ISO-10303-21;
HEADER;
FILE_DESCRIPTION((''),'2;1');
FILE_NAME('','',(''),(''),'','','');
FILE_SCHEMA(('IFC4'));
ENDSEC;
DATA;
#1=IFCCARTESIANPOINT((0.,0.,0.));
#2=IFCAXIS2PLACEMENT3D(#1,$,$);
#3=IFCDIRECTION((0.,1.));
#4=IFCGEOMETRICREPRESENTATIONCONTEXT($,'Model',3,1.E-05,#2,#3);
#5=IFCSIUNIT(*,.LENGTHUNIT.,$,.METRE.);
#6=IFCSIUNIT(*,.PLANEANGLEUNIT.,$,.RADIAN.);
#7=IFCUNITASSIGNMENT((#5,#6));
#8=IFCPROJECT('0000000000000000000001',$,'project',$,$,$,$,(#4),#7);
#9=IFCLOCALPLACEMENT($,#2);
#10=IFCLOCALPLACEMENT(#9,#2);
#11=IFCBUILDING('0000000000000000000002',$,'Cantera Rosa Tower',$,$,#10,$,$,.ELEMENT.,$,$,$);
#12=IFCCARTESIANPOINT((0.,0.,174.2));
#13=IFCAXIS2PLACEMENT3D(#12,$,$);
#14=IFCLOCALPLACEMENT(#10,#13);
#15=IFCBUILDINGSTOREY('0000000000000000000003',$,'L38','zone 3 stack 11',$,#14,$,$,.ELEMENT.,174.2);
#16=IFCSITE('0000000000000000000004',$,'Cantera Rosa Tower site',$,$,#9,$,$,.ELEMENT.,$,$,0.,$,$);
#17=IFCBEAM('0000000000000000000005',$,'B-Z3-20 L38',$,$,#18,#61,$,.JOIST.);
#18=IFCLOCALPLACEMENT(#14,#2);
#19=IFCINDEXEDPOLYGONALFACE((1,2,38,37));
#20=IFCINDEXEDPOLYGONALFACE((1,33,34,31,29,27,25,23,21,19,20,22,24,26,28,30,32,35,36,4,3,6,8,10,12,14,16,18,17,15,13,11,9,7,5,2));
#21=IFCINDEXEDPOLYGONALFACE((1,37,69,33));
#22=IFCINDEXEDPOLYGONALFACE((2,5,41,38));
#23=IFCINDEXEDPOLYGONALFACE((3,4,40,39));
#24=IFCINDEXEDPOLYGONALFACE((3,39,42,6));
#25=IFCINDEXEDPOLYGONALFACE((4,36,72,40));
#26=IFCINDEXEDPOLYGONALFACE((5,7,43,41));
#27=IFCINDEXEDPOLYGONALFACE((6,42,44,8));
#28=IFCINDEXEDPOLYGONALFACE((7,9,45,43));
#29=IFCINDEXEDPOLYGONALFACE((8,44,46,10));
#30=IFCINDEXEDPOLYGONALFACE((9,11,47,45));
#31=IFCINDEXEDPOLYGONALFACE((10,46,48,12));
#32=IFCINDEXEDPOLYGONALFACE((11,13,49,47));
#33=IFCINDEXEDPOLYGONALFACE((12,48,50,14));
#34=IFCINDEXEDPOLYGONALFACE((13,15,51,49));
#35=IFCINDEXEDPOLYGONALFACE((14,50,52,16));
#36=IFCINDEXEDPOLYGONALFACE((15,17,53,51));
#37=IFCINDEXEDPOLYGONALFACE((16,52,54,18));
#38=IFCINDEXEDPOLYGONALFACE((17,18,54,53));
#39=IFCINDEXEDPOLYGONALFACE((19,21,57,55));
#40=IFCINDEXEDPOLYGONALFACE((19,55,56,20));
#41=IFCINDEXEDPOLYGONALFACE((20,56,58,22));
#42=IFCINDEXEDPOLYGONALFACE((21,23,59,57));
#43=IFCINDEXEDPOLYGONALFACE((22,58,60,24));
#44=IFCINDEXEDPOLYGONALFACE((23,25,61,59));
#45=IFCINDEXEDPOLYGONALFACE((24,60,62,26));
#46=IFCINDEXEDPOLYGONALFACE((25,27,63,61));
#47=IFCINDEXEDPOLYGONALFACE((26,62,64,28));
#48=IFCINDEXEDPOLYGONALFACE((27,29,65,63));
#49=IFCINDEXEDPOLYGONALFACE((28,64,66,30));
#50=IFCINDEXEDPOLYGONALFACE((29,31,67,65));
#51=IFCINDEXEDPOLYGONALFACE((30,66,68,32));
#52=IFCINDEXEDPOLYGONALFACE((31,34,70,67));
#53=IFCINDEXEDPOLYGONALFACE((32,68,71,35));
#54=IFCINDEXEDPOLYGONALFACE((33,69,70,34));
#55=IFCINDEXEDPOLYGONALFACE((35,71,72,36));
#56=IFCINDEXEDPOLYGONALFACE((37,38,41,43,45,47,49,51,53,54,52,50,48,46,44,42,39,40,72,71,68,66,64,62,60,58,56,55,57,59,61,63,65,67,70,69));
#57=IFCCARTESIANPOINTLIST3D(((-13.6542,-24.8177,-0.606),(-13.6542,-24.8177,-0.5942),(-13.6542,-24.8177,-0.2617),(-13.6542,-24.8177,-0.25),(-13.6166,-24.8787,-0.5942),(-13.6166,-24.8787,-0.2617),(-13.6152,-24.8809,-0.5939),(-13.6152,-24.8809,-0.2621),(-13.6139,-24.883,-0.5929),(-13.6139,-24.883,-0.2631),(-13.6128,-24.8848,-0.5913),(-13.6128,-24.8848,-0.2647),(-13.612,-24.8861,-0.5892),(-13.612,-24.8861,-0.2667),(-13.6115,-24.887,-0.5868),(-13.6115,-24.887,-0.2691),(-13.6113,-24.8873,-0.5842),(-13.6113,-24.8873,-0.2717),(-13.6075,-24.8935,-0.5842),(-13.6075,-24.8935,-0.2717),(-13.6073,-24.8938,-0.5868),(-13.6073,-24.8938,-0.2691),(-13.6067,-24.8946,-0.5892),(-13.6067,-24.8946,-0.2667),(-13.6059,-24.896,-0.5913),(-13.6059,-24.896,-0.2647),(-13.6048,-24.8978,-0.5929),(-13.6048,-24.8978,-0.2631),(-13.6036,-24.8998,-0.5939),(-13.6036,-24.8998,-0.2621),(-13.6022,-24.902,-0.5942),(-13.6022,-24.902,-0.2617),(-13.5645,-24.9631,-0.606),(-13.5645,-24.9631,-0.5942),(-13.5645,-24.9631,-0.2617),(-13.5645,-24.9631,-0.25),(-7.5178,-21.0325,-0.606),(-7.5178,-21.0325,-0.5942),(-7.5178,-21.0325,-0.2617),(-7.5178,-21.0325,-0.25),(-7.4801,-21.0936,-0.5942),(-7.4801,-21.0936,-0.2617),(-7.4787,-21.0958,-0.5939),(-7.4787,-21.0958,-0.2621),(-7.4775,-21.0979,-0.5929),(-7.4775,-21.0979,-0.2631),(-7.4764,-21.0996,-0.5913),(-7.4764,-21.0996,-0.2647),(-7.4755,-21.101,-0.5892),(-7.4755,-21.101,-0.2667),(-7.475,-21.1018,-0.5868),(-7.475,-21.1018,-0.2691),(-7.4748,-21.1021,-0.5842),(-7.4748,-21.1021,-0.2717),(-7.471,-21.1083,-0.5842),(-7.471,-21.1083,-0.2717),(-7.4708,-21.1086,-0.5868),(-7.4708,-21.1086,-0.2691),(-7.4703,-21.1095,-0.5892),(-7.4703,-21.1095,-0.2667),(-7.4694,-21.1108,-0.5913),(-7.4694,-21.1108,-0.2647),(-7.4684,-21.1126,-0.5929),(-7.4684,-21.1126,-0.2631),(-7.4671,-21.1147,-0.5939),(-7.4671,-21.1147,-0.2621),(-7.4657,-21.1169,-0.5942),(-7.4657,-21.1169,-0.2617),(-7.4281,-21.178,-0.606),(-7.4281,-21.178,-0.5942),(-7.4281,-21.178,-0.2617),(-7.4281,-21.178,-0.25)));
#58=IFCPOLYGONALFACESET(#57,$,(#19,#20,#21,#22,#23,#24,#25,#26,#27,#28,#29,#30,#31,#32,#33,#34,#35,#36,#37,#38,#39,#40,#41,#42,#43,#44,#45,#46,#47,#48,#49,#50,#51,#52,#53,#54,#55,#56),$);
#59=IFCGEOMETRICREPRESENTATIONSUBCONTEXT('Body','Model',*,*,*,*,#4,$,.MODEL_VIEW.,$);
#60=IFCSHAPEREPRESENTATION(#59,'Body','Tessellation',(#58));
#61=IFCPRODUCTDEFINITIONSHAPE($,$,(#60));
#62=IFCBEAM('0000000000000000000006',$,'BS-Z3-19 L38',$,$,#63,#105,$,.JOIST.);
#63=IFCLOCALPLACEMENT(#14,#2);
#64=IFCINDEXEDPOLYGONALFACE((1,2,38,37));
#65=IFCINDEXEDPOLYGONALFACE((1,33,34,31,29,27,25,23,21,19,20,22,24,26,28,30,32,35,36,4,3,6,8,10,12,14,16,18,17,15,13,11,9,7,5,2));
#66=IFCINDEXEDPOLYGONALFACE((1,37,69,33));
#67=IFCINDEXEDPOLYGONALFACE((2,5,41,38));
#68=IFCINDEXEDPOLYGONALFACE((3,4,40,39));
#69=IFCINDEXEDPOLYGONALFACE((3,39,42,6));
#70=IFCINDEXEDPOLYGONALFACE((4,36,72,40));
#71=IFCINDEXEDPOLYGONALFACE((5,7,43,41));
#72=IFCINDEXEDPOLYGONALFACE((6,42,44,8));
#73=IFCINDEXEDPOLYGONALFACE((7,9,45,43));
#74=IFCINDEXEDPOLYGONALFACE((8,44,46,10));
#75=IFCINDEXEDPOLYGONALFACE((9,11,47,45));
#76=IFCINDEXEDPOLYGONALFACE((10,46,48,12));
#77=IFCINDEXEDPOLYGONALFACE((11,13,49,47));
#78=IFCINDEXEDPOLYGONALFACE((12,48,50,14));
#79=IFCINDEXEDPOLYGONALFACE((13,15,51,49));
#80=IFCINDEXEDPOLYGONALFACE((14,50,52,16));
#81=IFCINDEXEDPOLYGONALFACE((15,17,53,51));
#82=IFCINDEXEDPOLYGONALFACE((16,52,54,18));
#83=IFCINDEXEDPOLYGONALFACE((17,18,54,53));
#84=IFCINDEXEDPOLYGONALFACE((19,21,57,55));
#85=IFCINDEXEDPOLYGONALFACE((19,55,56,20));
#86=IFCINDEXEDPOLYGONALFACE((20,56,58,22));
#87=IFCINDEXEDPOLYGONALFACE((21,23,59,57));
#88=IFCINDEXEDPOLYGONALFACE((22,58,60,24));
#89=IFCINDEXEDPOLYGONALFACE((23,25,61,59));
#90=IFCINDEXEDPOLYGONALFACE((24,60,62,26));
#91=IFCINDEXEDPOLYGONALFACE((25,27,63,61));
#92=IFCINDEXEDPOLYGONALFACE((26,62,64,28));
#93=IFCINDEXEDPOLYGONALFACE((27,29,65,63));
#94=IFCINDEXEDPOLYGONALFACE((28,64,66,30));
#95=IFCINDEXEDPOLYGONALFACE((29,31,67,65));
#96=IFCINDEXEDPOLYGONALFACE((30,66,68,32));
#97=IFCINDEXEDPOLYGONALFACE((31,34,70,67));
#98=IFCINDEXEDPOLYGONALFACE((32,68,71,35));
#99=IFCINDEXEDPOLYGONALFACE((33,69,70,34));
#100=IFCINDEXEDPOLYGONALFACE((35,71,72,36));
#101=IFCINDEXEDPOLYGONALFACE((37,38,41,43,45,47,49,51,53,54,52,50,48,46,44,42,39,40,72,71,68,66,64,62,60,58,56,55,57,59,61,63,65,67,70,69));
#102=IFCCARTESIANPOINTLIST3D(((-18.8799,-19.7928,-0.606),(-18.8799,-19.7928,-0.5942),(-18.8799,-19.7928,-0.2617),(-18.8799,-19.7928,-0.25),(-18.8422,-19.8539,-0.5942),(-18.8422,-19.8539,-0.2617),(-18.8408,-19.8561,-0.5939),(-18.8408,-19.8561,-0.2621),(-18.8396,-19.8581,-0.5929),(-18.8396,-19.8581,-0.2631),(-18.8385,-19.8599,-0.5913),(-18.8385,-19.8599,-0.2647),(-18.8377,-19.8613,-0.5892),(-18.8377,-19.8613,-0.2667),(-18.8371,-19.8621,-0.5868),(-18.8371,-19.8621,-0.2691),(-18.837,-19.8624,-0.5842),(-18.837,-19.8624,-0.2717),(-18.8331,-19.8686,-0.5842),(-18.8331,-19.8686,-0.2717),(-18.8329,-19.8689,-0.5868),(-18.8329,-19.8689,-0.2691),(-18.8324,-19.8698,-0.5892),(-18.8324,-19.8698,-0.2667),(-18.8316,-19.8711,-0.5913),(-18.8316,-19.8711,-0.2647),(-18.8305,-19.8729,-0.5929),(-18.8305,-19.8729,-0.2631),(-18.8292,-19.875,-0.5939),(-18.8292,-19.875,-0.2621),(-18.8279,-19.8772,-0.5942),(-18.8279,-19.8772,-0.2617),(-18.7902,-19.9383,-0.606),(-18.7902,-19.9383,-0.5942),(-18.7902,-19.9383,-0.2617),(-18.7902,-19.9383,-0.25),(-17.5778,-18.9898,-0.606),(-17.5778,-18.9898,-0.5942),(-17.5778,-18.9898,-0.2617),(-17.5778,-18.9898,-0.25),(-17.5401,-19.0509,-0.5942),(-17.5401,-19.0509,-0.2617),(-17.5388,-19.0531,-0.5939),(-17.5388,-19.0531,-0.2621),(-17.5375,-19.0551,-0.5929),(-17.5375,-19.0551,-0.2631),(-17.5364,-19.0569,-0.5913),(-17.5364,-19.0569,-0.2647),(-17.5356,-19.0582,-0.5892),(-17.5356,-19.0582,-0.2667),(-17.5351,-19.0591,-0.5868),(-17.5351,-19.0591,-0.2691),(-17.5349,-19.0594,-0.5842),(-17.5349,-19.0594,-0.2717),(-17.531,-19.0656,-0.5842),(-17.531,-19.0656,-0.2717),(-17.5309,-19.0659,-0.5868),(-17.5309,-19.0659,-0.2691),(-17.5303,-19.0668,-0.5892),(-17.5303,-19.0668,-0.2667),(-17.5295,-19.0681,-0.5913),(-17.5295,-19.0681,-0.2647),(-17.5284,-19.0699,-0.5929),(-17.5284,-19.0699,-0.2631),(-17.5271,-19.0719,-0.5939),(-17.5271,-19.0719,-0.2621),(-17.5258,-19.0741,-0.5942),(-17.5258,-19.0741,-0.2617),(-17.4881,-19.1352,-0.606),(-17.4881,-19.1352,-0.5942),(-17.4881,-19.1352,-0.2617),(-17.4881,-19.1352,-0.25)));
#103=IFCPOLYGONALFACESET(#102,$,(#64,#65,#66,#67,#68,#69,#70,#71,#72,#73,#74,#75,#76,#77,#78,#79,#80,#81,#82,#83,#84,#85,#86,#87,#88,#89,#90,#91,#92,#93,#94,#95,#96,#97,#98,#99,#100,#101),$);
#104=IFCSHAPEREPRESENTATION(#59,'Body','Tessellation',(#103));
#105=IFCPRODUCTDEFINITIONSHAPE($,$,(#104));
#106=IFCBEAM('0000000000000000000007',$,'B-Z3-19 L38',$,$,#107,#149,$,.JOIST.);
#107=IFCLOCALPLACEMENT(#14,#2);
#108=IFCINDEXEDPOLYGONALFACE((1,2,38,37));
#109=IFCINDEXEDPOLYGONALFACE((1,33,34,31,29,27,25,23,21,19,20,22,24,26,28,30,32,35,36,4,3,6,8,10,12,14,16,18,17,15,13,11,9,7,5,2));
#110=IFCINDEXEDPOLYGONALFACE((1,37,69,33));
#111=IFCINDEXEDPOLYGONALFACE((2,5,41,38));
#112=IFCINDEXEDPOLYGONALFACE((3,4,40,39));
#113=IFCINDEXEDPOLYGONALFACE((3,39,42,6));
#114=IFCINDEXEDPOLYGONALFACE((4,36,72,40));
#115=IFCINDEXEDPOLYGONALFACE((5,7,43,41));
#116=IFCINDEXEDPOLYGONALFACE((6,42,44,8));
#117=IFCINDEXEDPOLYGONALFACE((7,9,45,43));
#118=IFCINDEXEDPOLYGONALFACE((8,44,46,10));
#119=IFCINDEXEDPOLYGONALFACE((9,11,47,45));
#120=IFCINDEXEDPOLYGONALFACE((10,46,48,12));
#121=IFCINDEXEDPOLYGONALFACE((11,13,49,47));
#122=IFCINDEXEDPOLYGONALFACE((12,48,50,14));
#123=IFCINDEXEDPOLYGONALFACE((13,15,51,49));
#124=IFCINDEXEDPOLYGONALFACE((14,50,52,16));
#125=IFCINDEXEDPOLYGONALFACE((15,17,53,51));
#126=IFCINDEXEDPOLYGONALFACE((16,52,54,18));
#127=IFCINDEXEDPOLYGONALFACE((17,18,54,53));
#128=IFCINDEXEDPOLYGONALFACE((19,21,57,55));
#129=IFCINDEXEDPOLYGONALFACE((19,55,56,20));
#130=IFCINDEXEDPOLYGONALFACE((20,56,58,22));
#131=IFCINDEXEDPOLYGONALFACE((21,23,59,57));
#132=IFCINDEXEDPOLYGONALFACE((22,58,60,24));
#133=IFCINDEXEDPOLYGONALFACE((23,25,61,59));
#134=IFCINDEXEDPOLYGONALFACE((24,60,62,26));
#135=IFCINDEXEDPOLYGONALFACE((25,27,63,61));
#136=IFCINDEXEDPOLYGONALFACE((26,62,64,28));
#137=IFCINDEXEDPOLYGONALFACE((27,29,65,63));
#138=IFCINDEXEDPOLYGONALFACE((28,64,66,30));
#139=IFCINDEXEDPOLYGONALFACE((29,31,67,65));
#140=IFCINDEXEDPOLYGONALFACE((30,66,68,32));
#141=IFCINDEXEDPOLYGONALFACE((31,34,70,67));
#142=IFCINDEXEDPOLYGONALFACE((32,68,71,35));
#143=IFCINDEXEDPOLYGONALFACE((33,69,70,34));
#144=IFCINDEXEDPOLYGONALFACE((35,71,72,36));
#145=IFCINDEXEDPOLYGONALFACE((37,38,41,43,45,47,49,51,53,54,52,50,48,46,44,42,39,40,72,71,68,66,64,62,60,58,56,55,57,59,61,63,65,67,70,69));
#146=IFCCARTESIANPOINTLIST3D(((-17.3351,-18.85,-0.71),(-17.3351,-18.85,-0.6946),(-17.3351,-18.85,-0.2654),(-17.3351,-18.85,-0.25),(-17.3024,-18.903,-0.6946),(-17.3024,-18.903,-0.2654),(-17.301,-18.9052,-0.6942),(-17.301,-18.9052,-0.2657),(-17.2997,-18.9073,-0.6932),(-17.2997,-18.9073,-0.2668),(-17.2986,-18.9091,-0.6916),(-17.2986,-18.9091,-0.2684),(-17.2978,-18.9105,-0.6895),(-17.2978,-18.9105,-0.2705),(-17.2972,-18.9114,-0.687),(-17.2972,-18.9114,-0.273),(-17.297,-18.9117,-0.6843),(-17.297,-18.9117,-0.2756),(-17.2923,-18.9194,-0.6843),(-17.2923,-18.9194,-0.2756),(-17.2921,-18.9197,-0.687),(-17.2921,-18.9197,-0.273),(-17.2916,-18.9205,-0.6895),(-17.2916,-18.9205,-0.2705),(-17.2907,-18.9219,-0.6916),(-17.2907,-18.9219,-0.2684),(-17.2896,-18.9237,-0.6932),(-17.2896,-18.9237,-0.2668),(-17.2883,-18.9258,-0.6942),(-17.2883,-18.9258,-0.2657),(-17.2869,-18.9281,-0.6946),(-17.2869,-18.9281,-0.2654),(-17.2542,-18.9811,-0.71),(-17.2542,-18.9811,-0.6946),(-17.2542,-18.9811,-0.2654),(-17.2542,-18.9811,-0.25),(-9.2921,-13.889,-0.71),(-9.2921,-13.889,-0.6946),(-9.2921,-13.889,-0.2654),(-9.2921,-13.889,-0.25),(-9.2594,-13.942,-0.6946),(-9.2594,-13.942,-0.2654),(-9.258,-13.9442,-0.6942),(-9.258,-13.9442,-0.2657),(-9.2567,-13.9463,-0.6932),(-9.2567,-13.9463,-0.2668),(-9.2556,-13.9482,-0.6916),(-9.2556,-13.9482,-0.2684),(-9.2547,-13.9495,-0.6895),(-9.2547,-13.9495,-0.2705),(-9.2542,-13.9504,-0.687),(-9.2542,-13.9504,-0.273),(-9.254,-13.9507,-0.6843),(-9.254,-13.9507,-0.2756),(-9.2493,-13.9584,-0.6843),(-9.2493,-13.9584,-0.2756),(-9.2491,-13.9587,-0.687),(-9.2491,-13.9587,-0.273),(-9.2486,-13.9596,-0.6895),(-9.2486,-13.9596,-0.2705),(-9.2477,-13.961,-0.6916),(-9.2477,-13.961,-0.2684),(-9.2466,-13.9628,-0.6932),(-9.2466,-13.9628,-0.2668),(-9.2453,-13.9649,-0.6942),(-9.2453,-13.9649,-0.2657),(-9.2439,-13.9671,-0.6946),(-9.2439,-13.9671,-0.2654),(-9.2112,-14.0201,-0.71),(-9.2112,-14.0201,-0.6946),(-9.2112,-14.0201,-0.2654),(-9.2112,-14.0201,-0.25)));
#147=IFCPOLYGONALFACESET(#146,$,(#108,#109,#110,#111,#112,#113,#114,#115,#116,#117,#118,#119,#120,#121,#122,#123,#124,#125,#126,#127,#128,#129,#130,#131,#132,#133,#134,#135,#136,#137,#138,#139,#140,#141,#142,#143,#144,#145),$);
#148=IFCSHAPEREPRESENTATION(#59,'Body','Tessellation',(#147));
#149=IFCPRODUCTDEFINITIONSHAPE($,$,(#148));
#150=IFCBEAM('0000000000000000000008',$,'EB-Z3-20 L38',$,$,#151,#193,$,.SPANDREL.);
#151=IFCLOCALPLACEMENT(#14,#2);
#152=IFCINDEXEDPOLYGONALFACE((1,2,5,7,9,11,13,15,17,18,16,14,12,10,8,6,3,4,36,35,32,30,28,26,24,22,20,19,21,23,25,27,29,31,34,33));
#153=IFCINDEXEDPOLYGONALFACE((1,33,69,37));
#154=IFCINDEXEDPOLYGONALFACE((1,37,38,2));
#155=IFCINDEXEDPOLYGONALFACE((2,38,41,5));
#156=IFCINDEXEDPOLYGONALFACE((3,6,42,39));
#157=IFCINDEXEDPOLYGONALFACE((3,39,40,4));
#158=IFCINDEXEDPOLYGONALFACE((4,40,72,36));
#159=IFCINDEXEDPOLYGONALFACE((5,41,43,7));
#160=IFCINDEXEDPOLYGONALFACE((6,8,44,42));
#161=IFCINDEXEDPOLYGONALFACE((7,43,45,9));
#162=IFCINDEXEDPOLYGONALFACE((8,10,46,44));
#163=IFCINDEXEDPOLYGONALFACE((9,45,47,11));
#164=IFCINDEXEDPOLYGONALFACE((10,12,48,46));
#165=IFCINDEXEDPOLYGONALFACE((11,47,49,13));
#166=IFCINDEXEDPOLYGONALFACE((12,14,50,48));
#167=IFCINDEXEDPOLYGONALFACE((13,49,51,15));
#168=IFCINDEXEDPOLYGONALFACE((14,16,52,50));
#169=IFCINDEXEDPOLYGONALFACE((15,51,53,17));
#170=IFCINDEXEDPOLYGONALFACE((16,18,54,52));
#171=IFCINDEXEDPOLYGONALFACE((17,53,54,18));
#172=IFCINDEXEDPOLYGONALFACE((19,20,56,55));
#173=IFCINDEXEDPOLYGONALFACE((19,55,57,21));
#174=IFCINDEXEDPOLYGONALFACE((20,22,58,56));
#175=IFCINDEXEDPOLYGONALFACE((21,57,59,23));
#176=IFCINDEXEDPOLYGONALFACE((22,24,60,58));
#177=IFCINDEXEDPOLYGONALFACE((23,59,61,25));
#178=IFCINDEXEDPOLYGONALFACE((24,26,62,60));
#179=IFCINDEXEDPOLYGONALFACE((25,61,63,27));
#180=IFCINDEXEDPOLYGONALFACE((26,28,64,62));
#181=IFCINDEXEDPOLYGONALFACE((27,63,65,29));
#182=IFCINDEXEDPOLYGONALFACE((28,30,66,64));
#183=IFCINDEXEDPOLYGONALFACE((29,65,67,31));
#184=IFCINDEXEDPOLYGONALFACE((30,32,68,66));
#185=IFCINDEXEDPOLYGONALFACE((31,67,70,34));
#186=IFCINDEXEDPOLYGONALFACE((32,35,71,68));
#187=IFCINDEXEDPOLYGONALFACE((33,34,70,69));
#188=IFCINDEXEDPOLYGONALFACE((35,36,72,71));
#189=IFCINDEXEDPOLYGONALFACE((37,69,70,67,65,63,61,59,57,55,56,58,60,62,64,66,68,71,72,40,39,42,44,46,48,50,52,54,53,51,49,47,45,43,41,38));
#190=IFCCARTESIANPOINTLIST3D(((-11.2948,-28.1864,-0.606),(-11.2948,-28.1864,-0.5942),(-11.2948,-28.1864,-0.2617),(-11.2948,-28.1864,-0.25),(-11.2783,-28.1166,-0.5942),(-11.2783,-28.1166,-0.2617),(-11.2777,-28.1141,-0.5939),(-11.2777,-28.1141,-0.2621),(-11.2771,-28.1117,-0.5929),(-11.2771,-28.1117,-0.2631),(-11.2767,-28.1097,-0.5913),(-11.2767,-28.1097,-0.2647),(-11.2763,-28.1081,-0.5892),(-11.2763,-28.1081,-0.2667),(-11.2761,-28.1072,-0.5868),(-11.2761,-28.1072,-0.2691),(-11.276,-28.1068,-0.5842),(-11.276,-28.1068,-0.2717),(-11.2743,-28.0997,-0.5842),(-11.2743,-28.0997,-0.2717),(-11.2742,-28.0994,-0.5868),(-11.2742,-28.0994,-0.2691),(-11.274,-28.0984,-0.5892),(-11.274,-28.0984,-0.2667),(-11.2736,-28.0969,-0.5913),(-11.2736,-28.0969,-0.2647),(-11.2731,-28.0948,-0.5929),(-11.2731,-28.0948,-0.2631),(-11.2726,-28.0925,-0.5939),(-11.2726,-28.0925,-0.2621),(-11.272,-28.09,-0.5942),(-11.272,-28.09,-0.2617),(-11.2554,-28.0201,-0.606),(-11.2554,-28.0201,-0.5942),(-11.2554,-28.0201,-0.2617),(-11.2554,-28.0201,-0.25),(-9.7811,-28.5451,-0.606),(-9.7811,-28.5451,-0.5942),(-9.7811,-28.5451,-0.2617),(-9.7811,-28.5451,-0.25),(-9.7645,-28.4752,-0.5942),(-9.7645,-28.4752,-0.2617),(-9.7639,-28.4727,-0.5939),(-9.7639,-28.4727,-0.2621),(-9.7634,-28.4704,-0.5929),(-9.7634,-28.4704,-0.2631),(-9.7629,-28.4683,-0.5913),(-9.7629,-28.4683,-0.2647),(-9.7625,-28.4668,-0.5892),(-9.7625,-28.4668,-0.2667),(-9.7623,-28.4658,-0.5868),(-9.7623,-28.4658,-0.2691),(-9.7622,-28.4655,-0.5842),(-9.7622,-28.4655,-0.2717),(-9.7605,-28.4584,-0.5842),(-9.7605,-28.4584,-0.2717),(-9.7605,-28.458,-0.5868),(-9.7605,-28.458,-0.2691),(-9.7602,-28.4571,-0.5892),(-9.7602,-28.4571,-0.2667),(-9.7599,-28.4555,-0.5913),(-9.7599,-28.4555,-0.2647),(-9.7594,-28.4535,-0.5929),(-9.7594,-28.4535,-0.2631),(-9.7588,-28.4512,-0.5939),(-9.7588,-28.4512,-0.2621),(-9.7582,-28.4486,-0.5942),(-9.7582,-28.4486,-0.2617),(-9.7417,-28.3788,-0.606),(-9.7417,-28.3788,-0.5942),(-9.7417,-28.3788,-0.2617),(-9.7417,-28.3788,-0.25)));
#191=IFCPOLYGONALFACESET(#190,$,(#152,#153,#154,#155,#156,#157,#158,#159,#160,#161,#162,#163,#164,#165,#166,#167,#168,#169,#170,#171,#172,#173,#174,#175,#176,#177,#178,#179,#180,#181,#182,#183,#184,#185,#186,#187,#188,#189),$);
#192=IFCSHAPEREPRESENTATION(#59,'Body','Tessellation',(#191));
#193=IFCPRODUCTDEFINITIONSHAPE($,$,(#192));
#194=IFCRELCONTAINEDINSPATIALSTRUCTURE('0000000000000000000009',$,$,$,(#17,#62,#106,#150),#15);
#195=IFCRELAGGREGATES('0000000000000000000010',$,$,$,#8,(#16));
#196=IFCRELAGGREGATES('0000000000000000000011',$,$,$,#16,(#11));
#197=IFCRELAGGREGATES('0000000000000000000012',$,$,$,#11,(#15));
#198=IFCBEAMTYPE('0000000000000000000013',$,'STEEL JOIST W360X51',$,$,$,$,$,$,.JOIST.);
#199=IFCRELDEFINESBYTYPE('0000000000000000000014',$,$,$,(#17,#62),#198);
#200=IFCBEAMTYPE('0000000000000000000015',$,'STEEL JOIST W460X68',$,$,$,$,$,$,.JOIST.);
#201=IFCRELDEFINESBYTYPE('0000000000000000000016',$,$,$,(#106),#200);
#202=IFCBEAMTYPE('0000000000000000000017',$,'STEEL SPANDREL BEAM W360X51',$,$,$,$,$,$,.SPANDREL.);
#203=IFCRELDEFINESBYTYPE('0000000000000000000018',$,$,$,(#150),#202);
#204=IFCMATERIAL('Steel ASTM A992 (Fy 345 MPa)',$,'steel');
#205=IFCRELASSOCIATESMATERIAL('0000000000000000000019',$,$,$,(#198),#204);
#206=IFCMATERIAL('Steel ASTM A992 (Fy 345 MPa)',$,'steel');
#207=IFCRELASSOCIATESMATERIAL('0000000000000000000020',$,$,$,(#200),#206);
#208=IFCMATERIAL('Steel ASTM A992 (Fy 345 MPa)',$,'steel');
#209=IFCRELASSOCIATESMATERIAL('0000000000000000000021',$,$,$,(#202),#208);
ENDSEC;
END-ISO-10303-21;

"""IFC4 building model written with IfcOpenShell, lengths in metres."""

from ifc_helpers import new_model, si_unit, direction, frame, origin, origin_2d, place, context, subcontext, project, spatial, i_section, extrude, material, material_profile, profile_set, type_object, element, save


model = new_model("IFC4")

# Units and contexts
model_context = context("Model", 3, precision=1e-05, world=origin(), true_north=direction((0.0, 1.0)))
body_context = subcontext(model_context, "Body", "Model", "MODEL_VIEW")
ifc_project = project(units=[si_unit("LENGTHUNIT", "METRE"), si_unit("PLANEANGLEUNIT", "RADIAN")], contexts=[model_context])

# Site, building, storey
site_placement = place(None, origin())
site = spatial("IfcSite", under=ifc_project, at=site_placement, Name="Cantera Rosa Tower site", CompositionType="ELEMENT", RefElevation=0.0)
building_placement = place(site_placement, origin())
building = spatial("IfcBuilding", under=site, at=building_placement, Name="Cantera Rosa Tower", CompositionType="ELEMENT")
storey_placement = place(building_placement, frame((0.0, 0.0, 174.2)))
storey = spatial("IfcBuildingStorey", under=building, at=storey_placement, Name="L38", Description="zone 3 stack 11", CompositionType="ELEMENT", Elevation=174.2)

# Beams
ifc_material_1 = material(Name="Steel ASTM A992 (Fy 345 MPa)", Category="steel")
ifc_material_profile_1 = material_profile(ifc_material_1, i_section(OverallWidth=0.1709, OverallDepth=0.356, WebThickness=0.0073, FlangeThickness=0.0117, FilletRadius=0.01, at=origin_2d()), Name="W360X51")
ifc_profile_set_1 = profile_set([ifc_material_profile_1], Name="Steel ASTM A992 (Fy 345 MPa)")
beam_type_1 = type_object("IfcBeamType", Name="STEEL JOIST W360X51", PredefinedType="JOIST", material=ifc_profile_set_1)
beam_1_placement = place(storey_placement, frame((-13.6094, -24.8904, -0.428), z_axis=(0.851109, 0.524989, 0.0), x_axis=(-0.524989, 0.851109, 0.0)))
element("IfcBeam", 1, at=beam_1_placement, inside=storey, type_object=beam_type_1, Name="B-Z3-20 L38", PredefinedType="JOIST", context=body_context, shape_type="SweptSolid", body=[
    extrude(i_section(OverallWidth=0.1709, OverallDepth=0.356, WebThickness=0.0073, FlangeThickness=0.0117, FilletRadius=0.01, at=origin_2d()), origin(), (0.0, 0.0, 1.0), 7.21),
])
beam_2_placement = place(storey_placement, frame((-17.533, -19.0625, -0.428), z_axis=(-0.851148, -0.524925, 0.0), x_axis=(0.524925, -0.851148, 0.0)))
element("IfcBeam", 2, at=beam_2_placement, inside=storey, type_object=beam_type_1, Name="BS-Z3-19 L38", PredefinedType="JOIST", context=body_context, shape_type="SweptSolid", body=[
    extrude(i_section(OverallWidth=0.1709, OverallDepth=0.356, WebThickness=0.0073, FlangeThickness=0.0117, FilletRadius=0.01, at=origin_2d()), origin(), (0.0, 0.0, 1.0), 1.5298),
])
ifc_material_2 = material(Name="Steel ASTM A992 (Fy 345 MPa)", Category="steel")
ifc_material_profile_2 = material_profile(ifc_material_2, i_section(OverallWidth=0.1541, OverallDepth=0.46, WebThickness=0.009, FlangeThickness=0.0154, FilletRadius=0.0103, at=origin_2d()), Name="W460X68")
ifc_profile_set_2 = profile_set([ifc_material_profile_2], Name="Steel ASTM A992 (Fy 345 MPa)")
beam_type_2 = type_object("IfcBeamType", Name="STEEL JOIST W460X68", PredefinedType="JOIST", material=ifc_profile_set_2)
beam_3_placement = place(storey_placement, frame((-17.2947, -18.9155, -0.48), z_axis=(0.851119, 0.524974, 0.0), x_axis=(-0.524974, 0.851119, 0.0)))
element("IfcBeam", 3, at=beam_3_placement, inside=storey, type_object=beam_type_2, Name="B-Z3-19 L38", PredefinedType="JOIST", context=body_context, shape_type="SweptSolid", body=[
    extrude(i_section(OverallWidth=0.1541, OverallDepth=0.46, WebThickness=0.009, FlangeThickness=0.0154, FilletRadius=0.0103, at=origin_2d()), origin(), (0.0, 0.0, 1.0), 9.45),
])
ifc_material_3 = material(Name="Steel ASTM A992 (Fy 345 MPa)", Category="steel")
ifc_material_profile_3 = material_profile(ifc_material_3, i_section(OverallWidth=0.1709, OverallDepth=0.356, WebThickness=0.0073, FlangeThickness=0.0117, FilletRadius=0.01, at=origin_2d()), Name="W360X51")
ifc_profile_set_3 = profile_set([ifc_material_profile_3], Name="Steel ASTM A992 (Fy 345 MPa)")
beam_type_3 = type_object("IfcBeamType", Name="STEEL SPANDREL BEAM W360X51", PredefinedType="SPANDREL", material=ifc_profile_set_3)
beam_4_placement = place(storey_placement, frame((-11.2751, -28.1033, -0.428), z_axis=(0.97306, -0.230552, 0.0), x_axis=(0.230552, 0.97306, 0.0)))
element("IfcBeam", 4, at=beam_4_placement, inside=storey, type_object=beam_type_3, Name="EB-Z3-20 L38", PredefinedType="SPANDREL", context=body_context, shape_type="SweptSolid", body=[
    extrude(i_section(OverallWidth=0.1709, OverallDepth=0.356, WebThickness=0.0073, FlangeThickness=0.0117, FilletRadius=0.01, at=origin_2d()), origin(), (0.0, 0.0, 1.0), 1.5557),
])

save(model, "model.ifc")
